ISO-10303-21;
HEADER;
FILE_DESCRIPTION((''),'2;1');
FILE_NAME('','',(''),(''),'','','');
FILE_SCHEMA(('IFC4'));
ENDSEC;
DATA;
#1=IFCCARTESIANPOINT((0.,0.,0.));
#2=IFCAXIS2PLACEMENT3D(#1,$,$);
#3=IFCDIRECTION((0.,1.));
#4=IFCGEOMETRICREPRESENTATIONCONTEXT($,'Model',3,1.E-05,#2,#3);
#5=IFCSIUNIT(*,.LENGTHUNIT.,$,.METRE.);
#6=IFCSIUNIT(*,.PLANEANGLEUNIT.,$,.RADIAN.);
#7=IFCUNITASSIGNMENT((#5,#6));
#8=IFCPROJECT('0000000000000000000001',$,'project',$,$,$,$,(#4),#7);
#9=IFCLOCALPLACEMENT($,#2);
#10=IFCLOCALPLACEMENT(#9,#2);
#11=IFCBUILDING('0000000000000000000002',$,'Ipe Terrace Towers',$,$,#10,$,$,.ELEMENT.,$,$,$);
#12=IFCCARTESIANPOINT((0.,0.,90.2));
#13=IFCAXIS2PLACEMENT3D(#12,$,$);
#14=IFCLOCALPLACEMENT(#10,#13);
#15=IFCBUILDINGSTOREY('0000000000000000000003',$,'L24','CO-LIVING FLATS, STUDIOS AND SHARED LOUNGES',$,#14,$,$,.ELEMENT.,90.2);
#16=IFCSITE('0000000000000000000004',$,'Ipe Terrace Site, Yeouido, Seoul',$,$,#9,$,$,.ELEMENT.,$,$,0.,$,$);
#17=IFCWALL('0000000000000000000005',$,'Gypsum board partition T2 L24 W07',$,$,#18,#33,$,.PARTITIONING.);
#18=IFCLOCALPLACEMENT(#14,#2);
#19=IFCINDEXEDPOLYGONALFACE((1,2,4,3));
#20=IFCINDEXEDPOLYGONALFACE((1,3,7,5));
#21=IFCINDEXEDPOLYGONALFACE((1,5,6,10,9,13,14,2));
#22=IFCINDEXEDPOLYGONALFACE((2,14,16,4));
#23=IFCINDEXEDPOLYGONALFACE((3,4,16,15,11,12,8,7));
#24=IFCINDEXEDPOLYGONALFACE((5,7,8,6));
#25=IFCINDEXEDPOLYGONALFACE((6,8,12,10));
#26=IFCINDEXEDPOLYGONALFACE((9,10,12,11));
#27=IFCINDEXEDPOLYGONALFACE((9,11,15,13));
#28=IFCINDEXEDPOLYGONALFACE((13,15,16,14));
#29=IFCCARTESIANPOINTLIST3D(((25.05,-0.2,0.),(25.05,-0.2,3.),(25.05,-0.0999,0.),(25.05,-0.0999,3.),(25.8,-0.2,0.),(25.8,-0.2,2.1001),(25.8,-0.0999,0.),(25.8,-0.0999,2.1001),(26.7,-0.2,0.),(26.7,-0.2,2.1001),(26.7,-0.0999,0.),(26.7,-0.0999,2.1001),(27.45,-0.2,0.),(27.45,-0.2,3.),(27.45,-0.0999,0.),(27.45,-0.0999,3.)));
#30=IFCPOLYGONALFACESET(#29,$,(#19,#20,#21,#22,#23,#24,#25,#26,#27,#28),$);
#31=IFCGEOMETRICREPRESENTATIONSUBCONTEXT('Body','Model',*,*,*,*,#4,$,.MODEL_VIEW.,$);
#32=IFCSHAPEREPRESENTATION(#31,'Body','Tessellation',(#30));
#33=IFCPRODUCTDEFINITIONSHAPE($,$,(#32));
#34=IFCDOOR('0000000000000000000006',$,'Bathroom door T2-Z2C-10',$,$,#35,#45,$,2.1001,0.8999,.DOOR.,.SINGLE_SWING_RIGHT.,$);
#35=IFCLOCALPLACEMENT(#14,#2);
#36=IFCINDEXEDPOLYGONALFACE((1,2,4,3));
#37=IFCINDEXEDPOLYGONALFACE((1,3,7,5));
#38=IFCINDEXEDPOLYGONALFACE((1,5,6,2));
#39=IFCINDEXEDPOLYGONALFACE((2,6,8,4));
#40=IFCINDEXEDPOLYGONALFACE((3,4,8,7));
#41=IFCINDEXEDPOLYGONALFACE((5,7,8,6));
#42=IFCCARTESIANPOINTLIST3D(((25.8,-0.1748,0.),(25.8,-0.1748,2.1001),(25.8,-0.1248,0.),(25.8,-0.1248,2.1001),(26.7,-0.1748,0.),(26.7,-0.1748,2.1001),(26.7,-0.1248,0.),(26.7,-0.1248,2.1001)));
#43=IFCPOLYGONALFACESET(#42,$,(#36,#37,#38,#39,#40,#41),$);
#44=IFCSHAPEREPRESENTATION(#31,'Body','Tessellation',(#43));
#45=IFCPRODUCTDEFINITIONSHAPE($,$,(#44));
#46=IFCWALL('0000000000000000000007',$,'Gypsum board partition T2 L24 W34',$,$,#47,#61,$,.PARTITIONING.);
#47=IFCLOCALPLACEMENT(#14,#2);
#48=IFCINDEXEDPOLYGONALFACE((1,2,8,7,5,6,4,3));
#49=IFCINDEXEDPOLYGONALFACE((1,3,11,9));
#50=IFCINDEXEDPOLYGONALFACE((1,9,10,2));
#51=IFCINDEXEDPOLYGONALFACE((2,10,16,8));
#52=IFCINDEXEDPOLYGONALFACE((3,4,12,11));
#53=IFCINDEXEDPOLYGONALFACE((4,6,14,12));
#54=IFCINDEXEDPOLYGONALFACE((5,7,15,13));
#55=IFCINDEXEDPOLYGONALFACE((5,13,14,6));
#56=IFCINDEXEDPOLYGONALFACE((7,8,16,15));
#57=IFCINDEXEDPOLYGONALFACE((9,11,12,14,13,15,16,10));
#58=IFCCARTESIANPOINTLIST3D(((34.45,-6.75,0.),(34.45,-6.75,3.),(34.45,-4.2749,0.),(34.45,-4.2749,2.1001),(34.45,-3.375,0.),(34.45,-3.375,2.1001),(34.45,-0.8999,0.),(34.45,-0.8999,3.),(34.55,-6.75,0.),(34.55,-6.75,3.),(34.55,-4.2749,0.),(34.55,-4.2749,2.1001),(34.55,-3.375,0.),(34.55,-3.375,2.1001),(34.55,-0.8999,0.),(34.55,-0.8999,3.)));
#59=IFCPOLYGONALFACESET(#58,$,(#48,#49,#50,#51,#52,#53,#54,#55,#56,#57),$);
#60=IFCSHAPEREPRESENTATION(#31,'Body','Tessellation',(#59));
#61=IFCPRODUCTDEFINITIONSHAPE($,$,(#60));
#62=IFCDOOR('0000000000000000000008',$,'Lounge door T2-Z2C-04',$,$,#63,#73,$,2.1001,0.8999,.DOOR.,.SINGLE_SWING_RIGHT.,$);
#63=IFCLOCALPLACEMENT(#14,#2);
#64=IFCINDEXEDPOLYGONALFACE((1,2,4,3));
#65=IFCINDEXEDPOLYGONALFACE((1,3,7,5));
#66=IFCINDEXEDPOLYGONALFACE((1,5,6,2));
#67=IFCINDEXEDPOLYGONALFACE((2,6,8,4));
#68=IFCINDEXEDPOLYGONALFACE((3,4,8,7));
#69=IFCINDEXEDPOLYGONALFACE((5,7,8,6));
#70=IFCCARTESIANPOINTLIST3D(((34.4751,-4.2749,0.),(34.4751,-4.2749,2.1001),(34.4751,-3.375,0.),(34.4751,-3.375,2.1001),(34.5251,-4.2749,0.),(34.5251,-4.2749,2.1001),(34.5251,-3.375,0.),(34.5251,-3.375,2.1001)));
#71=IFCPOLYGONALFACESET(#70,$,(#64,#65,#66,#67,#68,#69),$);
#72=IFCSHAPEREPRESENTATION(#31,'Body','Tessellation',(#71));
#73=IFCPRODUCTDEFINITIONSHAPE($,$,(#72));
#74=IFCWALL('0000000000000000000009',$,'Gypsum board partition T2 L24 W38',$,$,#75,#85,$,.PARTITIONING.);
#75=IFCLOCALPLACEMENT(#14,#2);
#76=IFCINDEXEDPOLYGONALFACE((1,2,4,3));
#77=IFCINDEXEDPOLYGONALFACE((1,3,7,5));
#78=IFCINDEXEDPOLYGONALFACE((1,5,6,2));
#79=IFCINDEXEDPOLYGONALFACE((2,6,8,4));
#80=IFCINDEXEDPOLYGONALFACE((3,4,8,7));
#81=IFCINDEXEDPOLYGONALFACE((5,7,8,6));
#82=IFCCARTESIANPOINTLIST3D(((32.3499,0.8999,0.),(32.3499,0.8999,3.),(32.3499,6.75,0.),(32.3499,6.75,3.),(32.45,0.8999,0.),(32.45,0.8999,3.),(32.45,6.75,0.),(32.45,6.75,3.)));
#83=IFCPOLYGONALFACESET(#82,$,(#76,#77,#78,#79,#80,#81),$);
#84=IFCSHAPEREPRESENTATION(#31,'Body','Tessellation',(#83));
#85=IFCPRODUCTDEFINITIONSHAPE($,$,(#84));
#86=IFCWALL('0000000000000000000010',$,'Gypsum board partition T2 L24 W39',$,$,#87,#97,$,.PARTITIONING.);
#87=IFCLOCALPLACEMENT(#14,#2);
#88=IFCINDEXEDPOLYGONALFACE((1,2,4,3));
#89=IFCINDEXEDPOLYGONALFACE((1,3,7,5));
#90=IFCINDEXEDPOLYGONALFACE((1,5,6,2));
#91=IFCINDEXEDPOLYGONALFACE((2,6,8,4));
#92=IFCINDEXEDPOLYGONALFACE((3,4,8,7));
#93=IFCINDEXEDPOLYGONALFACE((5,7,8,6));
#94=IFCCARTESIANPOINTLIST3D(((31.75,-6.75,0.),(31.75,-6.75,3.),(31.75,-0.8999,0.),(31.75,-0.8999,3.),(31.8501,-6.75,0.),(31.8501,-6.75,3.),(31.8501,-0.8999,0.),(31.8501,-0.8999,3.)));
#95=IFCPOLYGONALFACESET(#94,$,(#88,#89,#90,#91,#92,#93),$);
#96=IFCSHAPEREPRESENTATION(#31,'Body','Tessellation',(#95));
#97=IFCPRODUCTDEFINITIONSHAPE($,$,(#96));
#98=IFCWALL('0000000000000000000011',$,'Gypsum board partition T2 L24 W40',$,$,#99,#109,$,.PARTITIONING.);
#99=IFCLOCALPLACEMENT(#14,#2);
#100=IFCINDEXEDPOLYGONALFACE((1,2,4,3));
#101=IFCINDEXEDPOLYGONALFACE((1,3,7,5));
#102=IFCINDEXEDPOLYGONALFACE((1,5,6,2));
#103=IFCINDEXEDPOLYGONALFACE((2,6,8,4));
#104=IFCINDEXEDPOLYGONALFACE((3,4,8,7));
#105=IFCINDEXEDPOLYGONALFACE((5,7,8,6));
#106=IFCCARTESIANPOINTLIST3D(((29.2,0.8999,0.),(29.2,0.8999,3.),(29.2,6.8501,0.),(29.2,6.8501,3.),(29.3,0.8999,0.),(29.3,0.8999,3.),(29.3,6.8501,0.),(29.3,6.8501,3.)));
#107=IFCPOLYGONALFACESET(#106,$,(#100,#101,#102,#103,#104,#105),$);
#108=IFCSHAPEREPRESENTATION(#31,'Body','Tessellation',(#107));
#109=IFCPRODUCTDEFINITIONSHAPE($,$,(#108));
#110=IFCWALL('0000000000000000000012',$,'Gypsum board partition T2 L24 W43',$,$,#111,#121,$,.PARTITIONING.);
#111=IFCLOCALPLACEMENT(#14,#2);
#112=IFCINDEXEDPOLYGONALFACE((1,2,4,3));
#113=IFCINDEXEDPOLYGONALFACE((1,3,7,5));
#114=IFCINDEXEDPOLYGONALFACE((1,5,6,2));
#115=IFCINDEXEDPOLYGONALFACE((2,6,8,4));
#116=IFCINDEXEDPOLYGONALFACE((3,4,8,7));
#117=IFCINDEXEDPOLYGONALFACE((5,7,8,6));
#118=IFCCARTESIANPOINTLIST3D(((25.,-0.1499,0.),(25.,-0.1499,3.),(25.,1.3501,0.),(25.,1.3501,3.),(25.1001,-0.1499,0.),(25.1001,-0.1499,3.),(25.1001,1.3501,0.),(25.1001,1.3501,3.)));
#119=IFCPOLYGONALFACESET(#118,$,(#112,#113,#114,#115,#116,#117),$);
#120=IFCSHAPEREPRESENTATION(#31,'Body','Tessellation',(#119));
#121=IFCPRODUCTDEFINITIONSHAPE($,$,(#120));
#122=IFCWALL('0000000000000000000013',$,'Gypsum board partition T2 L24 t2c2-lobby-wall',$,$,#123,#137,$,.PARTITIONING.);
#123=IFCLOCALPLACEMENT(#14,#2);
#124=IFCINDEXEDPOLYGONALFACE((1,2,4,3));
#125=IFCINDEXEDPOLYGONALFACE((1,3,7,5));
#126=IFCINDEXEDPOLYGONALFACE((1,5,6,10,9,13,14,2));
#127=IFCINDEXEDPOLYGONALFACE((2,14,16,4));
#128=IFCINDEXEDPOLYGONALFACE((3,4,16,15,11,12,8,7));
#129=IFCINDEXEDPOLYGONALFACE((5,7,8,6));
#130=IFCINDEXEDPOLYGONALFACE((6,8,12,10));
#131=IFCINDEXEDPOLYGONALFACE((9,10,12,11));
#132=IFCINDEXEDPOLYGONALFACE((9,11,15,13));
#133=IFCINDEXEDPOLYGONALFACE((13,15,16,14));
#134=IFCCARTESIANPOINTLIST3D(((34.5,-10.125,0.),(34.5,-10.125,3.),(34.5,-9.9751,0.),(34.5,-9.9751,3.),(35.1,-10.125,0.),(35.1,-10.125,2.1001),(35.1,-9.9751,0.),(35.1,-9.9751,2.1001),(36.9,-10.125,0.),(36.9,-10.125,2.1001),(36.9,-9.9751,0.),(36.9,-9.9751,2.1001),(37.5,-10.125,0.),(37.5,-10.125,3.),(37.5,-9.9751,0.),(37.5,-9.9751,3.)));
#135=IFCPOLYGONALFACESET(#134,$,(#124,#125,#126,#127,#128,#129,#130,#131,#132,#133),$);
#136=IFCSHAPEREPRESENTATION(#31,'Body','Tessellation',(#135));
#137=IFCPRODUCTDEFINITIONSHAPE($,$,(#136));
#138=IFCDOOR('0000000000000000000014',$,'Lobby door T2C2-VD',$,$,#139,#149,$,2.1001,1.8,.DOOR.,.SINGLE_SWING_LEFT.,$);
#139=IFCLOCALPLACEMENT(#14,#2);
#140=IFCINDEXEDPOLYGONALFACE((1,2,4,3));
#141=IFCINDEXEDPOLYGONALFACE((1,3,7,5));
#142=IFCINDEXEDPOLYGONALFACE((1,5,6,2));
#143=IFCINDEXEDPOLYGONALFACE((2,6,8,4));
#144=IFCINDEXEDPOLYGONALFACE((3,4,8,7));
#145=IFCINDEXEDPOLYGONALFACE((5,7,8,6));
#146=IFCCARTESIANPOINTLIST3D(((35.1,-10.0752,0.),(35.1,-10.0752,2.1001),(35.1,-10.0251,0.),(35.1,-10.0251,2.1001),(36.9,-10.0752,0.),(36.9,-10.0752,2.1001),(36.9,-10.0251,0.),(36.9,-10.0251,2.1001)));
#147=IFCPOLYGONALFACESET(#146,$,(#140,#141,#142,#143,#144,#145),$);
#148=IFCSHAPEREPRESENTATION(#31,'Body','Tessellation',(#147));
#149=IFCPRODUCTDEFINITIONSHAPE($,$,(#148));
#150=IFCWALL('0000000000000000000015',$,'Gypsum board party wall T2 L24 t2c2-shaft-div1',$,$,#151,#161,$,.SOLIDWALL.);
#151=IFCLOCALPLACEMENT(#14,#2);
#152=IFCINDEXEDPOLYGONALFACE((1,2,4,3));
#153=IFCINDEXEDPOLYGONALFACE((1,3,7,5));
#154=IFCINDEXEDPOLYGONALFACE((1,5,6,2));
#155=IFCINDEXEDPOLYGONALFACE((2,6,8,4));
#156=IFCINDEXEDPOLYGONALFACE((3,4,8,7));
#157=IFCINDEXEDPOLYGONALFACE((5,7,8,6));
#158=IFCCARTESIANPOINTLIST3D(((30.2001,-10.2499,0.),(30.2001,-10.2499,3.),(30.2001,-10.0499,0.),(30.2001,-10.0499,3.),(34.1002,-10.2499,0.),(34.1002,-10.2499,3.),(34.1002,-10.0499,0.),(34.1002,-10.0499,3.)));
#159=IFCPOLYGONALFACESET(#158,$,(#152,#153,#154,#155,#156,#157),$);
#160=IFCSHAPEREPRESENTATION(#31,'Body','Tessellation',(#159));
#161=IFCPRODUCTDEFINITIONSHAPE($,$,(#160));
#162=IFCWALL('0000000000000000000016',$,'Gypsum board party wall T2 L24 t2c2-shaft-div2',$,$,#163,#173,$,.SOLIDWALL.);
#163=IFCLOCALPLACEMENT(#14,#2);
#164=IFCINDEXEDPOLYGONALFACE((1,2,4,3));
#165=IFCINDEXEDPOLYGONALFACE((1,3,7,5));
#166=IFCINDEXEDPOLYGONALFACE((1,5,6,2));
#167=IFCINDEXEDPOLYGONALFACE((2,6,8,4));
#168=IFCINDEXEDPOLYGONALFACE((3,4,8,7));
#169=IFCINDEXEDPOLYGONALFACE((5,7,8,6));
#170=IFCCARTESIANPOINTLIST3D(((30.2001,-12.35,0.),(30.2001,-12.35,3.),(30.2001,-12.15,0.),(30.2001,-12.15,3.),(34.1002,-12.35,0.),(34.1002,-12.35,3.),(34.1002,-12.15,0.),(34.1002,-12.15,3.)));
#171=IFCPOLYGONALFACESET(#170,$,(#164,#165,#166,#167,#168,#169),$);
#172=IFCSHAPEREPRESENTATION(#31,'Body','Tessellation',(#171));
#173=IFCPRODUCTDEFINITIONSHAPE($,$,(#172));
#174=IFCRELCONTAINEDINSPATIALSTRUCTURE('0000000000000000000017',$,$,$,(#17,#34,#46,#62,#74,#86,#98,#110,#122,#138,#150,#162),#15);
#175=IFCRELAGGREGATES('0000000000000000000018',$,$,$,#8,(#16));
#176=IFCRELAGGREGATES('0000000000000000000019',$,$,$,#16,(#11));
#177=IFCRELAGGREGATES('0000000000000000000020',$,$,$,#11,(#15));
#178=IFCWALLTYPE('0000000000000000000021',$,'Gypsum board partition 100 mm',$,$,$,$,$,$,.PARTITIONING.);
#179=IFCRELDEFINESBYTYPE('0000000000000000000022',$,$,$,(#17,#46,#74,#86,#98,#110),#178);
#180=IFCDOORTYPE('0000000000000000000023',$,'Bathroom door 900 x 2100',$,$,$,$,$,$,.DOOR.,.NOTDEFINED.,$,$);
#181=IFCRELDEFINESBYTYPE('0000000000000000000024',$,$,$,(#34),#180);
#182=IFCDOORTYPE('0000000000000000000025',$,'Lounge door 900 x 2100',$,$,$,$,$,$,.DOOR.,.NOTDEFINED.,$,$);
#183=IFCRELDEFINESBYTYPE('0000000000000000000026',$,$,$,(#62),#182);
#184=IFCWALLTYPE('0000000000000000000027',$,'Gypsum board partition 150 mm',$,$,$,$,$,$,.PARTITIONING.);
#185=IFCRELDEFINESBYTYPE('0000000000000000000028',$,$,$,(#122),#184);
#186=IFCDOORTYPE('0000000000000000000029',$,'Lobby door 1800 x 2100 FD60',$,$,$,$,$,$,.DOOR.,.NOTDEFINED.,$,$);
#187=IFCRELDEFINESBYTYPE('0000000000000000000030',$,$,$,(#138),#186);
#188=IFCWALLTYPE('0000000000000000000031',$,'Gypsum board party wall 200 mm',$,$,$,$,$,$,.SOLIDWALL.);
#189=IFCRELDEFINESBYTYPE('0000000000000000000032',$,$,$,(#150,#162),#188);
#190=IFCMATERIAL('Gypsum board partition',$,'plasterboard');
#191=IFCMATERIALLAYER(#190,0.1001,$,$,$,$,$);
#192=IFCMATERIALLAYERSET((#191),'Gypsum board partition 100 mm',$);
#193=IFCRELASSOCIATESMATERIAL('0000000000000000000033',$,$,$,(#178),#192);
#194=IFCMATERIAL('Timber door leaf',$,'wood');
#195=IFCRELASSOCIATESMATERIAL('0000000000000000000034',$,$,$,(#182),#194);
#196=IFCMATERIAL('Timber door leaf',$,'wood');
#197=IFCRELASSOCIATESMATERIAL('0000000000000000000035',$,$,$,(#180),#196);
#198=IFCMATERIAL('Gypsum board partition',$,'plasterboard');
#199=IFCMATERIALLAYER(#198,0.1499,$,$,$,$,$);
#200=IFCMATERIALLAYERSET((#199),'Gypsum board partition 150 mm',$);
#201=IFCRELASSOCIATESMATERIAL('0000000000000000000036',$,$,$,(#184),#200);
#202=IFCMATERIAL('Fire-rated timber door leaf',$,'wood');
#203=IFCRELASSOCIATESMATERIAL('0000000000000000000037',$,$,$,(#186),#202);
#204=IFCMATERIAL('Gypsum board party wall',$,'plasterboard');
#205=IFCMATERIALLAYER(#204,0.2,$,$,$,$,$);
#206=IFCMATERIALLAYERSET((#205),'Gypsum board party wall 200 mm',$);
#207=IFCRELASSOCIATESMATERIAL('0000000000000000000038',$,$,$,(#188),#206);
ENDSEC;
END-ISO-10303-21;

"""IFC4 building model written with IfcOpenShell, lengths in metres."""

from ifc_helpers import new_model, si_unit, direction, frame, frame_2d, origin, place, context, subcontext, project, spatial, rectangle, extrude, material, layer, layer_set, type_object, element, fill, save


model = new_model("IFC4")

# Units and contexts
model_context = context("Model", 3, precision=1e-05, world=origin(), true_north=direction((0.0, 1.0)))
body_context = subcontext(model_context, "Body", "Model", "MODEL_VIEW")
ifc_project = project(units=[si_unit("LENGTHUNIT", "METRE"), si_unit("PLANEANGLEUNIT", "RADIAN")], contexts=[model_context])

# Site, building, storey
site_placement = place(None, origin())
site = spatial("IfcSite", under=ifc_project, at=site_placement, Name="Ipe Terrace Site, Yeouido, Seoul", CompositionType="ELEMENT", RefElevation=0.0)
building_placement = place(site_placement, origin())
building = spatial("IfcBuilding", under=site, at=building_placement, Name="Ipe Terrace Towers", CompositionType="ELEMENT")
storey_placement = place(building_placement, frame((0.0, 0.0, 90.2)))
storey = spatial("IfcBuildingStorey", under=building, at=storey_placement, Name="L24", Description="CO-LIVING FLATS, STUDIOS AND SHARED LOUNGES", CompositionType="ELEMENT", Elevation=90.2)

# Walls, openings, doors
ifc_material_1 = material(Name="Gypsum board partition", Category="plasterboard")
ifc_layer_1 = layer(ifc_material_1, 0.1001)
ifc_layer_set_1 = layer_set([ifc_layer_1], Name="Gypsum board partition 100 mm")
wall_type_1 = type_object("IfcWallType", Name="Gypsum board partition 100 mm", PredefinedType="PARTITIONING", material=ifc_layer_set_1)
ifc_material_2 = material(Name="Timber door leaf", Category="wood")
door_type_1 = type_object("IfcDoorType", Name="Lounge door 900 x 2100", OperationType="NOTDEFINED", PredefinedType="DOOR", material=ifc_material_2)
wall_1_placement = place(storey_placement, frame((27.45, -0.1499, 0.0), z_axis=(0.0, 0.0, 1.0), x_axis=(-1.0, 0.0, 0.0)))
wall_1 = element("IfcWall", 1, at=wall_1_placement, inside=storey, type_object=wall_type_1, Name="Gypsum board partition T2 L24 W07", PredefinedType="PARTITIONING", context=body_context, shape_type="SweptSolid", body=[
    extrude(rectangle(XDim=2.3999, YDim=0.1001, at=frame_2d((1.2, 0.0))), origin(), (0.0, 0.0, 1.0), 3.0),
])
opening_1_placement = place(wall_1_placement, frame((0.75, 0.0, 0.0)))
opening_1 = element("IfcOpeningElement", 2, at=opening_1_placement, cuts=wall_1, PredefinedType="OPENING", context=body_context, shape_type="SweptSolid", body=[
    extrude(rectangle(XDim=0.8999, YDim=2.1001, at=frame_2d((0.45, 1.05))), frame((0.0, 0.0601, 0.0), z_axis=(0.0, -1.0, 0.0), x_axis=(1.0, 0.0, 0.0)), (0.0, 0.0, 1.0), 0.1201),
])
ifc_material_3 = material(Name="Timber door leaf", Category="wood")
door_type_2 = type_object("IfcDoorType", Name="Bathroom door 900 x 2100", OperationType="NOTDEFINED", PredefinedType="DOOR", material=ifc_material_3)
door_1_placement = place(opening_1_placement, origin())
door_1 = element("IfcDoor", 3, at=door_1_placement, inside=storey, type_object=door_type_2, Name="Bathroom door T2-Z2C-10", OperationType="SINGLE_SWING_RIGHT", OverallHeight=2.1001, OverallWidth=0.8999, PredefinedType="DOOR", context=body_context, shape_type="SweptSolid", body=[
    extrude(rectangle(XDim=0.8999, YDim=2.1001, at=frame_2d((0.45, 1.05))), frame((0.0, 0.0249, 0.0), z_axis=(0.0, -1.0, 0.0), x_axis=(1.0, 0.0, 0.0)), (0.0, 0.0, 1.0), 0.05),
])
fill(opening_1, door_1)
wall_2_placement = place(storey_placement, frame((34.5, -6.75, 0.0), z_axis=(0.0, 0.0, 1.0), x_axis=(0.0, 1.0, 0.0)))
wall_2 = element("IfcWall", 4, at=wall_2_placement, inside=storey, type_object=wall_type_1, Name="Gypsum board partition T2 L24 W34", PredefinedType="PARTITIONING", context=body_context, shape_type="SweptSolid", body=[
    extrude(rectangle(XDim=5.8501, YDim=0.1001, at=frame_2d((2.925, 0.0))), origin(), (0.0, 0.0, 1.0), 3.0),
])
opening_2_placement = place(wall_2_placement, frame((2.4751, 0.0, 0.0)))
opening_2 = element("IfcOpeningElement", 5, at=opening_2_placement, cuts=wall_2, PredefinedType="OPENING", context=body_context, shape_type="SweptSolid", body=[
    extrude(rectangle(XDim=0.8999, YDim=2.1001, at=frame_2d((0.45, 1.05))), frame((0.0, 0.0601, 0.0), z_axis=(0.0, -1.0, 0.0), x_axis=(1.0, 0.0, 0.0)), (0.0, 0.0, 1.0), 0.1201),
])
door_2_placement = place(opening_2_placement, origin())
door_2 = element("IfcDoor", 6, at=door_2_placement, inside=storey, type_object=door_type_1, Name="Lounge door T2-Z2C-04", OperationType="SINGLE_SWING_RIGHT", OverallHeight=2.1001, OverallWidth=0.8999, PredefinedType="DOOR", context=body_context, shape_type="SweptSolid", body=[
    extrude(rectangle(XDim=0.8999, YDim=2.1001, at=frame_2d((0.45, 1.05))), frame((0.0, 0.0249, 0.0), z_axis=(0.0, -1.0, 0.0), x_axis=(1.0, 0.0, 0.0)), (0.0, 0.0, 1.0), 0.05),
])
fill(opening_2, door_2)

# Walls
for number, where, z_axis, x_axis, name in (
    (7, (32.3999, 0.8999, 0.0), (0.0, 0.0, 1.0), (0.0, 1.0, 0.0), "Gypsum board partition T2 L24 W38"),
    (8, (31.8, -6.75, 0.0), (0.0, 0.0, 1.0), (0.0, 1.0, 0.0), "Gypsum board partition T2 L24 W39"),
):
    element("IfcWall", number, at=place(storey_placement, frame(where, z_axis=z_axis, x_axis=x_axis)), inside=storey, type_object=wall_type_1, Name=name, PredefinedType="PARTITIONING", context=body_context, shape_type="SweptSolid", body=[
        extrude(rectangle(XDim=5.8501, YDim=0.1001, at=frame_2d((2.925, 0.0))), origin(), (0.0, 0.0, 1.0), 3.0),
    ])
wall_3_placement = place(storey_placement, frame((29.25, 0.8999, 0.0), z_axis=(0.0, 0.0, 1.0), x_axis=(0.0, 1.0, 0.0)))
element("IfcWall", 9, at=wall_3_placement, inside=storey, type_object=wall_type_1, Name="Gypsum board partition T2 L24 W40", PredefinedType="PARTITIONING", context=body_context, shape_type="SweptSolid", body=[
    extrude(rectangle(XDim=5.9502, YDim=0.1001, at=frame_2d((2.9751, 0.0))), origin(), (0.0, 0.0, 1.0), 3.0),
])
wall_4_placement = place(storey_placement, frame((25.05, -0.1499, 0.0), z_axis=(0.0, 0.0, 1.0), x_axis=(0.0, 1.0, 0.0)))
element("IfcWall", 10, at=wall_4_placement, inside=storey, type_object=wall_type_1, Name="Gypsum board partition T2 L24 W43", PredefinedType="PARTITIONING", context=body_context, shape_type="SweptSolid", body=[
    extrude(rectangle(XDim=1.5, YDim=0.1001, at=frame_2d((0.75, 0.0))), origin(), (0.0, 0.0, 1.0), 3.0),
])

# Wall, opening, door
ifc_material_4 = material(Name="Gypsum board partition", Category="plasterboard")
ifc_layer_2 = layer(ifc_material_4, 0.1499)
ifc_layer_set_2 = layer_set([ifc_layer_2], Name="Gypsum board partition 150 mm")
wall_type_2 = type_object("IfcWallType", Name="Gypsum board partition 150 mm", PredefinedType="PARTITIONING", material=ifc_layer_set_2)
wall_5_placement = place(storey_placement, frame((34.5, -10.05, 0.0), z_axis=(0.0, 0.0, 1.0), x_axis=(1.0, 0.0, 0.0)))
wall_5 = element("IfcWall", 11, at=wall_5_placement, inside=storey, type_object=wall_type_2, Name="Gypsum board partition T2 L24 t2c2-lobby-wall", PredefinedType="PARTITIONING", context=body_context, shape_type="SweptSolid", body=[
    extrude(rectangle(XDim=3.0, YDim=0.1499, at=frame_2d((1.5, 0.0))), origin(), (0.0, 0.0, 1.0), 3.0),
])
opening_3_placement = place(wall_5_placement, frame((0.6001, 0.0, 0.0)))
opening_3 = element("IfcOpeningElement", 12, at=opening_3_placement, cuts=wall_5, PredefinedType="OPENING", context=body_context, shape_type="SweptSolid", body=[
    extrude(rectangle(XDim=1.8, YDim=2.1001, at=frame_2d((0.8999, 1.05))), frame((0.0, 0.085, 0.0), z_axis=(0.0, -1.0, 0.0), x_axis=(1.0, 0.0, 0.0)), (0.0, 0.0, 1.0), 0.1699),
])
ifc_material_5 = material(Name="Fire-rated timber door leaf", Category="wood")
door_type_3 = type_object("IfcDoorType", Name="Lobby door 1800 x 2100 FD60", OperationType="NOTDEFINED", PredefinedType="DOOR", material=ifc_material_5)
door_3_placement = place(opening_3_placement, origin())
door_3 = element("IfcDoor", 13, at=door_3_placement, inside=storey, type_object=door_type_3, Name="Lobby door T2C2-VD", OperationType="SINGLE_SWING_LEFT", OverallHeight=2.1001, OverallWidth=1.8, PredefinedType="DOOR", context=body_context, shape_type="SweptSolid", body=[
    extrude(rectangle(XDim=1.8, YDim=2.1001, at=frame_2d((0.8999, 1.05))), frame((0.0, 0.0249, 0.0), z_axis=(0.0, -1.0, 0.0), x_axis=(1.0, 0.0, 0.0)), (0.0, 0.0, 1.0), 0.05),
])
fill(opening_3, door_3)

# Walls
ifc_material_6 = material(Name="Gypsum board party wall", Category="plasterboard")
ifc_layer_3 = layer(ifc_material_6, 0.2)
ifc_layer_set_3 = layer_set([ifc_layer_3], Name="Gypsum board party wall 200 mm")
wall_type_3 = type_object("IfcWallType", Name="Gypsum board party wall 200 mm", PredefinedType="SOLIDWALL", material=ifc_layer_set_3)
for number, where, z_axis, x_axis, name in (
    (14, (30.2, -10.1499, 0.0), (0.0, 0.0, 1.0), (1.0, 0.0, 0.0), "Gypsum board party wall T2 L24 t2c2-shaft-div1"),
    (15, (30.2, -12.25, 0.0), (0.0, 0.0, 1.0), (1.0, 0.0, 0.0), "Gypsum board party wall T2 L24 t2c2-shaft-div2"),
):
    element("IfcWall", number, at=place(storey_placement, frame(where, z_axis=z_axis, x_axis=x_axis)), inside=storey, type_object=wall_type_3, Name=name, PredefinedType="SOLIDWALL", context=body_context, shape_type="SweptSolid", body=[
        extrude(rectangle(XDim=3.9001, YDim=0.2, at=frame_2d((1.9502, 0.0))), origin(), (0.0, 0.0, 1.0), 3.0),
    ])

save(model, "model.ifc")
